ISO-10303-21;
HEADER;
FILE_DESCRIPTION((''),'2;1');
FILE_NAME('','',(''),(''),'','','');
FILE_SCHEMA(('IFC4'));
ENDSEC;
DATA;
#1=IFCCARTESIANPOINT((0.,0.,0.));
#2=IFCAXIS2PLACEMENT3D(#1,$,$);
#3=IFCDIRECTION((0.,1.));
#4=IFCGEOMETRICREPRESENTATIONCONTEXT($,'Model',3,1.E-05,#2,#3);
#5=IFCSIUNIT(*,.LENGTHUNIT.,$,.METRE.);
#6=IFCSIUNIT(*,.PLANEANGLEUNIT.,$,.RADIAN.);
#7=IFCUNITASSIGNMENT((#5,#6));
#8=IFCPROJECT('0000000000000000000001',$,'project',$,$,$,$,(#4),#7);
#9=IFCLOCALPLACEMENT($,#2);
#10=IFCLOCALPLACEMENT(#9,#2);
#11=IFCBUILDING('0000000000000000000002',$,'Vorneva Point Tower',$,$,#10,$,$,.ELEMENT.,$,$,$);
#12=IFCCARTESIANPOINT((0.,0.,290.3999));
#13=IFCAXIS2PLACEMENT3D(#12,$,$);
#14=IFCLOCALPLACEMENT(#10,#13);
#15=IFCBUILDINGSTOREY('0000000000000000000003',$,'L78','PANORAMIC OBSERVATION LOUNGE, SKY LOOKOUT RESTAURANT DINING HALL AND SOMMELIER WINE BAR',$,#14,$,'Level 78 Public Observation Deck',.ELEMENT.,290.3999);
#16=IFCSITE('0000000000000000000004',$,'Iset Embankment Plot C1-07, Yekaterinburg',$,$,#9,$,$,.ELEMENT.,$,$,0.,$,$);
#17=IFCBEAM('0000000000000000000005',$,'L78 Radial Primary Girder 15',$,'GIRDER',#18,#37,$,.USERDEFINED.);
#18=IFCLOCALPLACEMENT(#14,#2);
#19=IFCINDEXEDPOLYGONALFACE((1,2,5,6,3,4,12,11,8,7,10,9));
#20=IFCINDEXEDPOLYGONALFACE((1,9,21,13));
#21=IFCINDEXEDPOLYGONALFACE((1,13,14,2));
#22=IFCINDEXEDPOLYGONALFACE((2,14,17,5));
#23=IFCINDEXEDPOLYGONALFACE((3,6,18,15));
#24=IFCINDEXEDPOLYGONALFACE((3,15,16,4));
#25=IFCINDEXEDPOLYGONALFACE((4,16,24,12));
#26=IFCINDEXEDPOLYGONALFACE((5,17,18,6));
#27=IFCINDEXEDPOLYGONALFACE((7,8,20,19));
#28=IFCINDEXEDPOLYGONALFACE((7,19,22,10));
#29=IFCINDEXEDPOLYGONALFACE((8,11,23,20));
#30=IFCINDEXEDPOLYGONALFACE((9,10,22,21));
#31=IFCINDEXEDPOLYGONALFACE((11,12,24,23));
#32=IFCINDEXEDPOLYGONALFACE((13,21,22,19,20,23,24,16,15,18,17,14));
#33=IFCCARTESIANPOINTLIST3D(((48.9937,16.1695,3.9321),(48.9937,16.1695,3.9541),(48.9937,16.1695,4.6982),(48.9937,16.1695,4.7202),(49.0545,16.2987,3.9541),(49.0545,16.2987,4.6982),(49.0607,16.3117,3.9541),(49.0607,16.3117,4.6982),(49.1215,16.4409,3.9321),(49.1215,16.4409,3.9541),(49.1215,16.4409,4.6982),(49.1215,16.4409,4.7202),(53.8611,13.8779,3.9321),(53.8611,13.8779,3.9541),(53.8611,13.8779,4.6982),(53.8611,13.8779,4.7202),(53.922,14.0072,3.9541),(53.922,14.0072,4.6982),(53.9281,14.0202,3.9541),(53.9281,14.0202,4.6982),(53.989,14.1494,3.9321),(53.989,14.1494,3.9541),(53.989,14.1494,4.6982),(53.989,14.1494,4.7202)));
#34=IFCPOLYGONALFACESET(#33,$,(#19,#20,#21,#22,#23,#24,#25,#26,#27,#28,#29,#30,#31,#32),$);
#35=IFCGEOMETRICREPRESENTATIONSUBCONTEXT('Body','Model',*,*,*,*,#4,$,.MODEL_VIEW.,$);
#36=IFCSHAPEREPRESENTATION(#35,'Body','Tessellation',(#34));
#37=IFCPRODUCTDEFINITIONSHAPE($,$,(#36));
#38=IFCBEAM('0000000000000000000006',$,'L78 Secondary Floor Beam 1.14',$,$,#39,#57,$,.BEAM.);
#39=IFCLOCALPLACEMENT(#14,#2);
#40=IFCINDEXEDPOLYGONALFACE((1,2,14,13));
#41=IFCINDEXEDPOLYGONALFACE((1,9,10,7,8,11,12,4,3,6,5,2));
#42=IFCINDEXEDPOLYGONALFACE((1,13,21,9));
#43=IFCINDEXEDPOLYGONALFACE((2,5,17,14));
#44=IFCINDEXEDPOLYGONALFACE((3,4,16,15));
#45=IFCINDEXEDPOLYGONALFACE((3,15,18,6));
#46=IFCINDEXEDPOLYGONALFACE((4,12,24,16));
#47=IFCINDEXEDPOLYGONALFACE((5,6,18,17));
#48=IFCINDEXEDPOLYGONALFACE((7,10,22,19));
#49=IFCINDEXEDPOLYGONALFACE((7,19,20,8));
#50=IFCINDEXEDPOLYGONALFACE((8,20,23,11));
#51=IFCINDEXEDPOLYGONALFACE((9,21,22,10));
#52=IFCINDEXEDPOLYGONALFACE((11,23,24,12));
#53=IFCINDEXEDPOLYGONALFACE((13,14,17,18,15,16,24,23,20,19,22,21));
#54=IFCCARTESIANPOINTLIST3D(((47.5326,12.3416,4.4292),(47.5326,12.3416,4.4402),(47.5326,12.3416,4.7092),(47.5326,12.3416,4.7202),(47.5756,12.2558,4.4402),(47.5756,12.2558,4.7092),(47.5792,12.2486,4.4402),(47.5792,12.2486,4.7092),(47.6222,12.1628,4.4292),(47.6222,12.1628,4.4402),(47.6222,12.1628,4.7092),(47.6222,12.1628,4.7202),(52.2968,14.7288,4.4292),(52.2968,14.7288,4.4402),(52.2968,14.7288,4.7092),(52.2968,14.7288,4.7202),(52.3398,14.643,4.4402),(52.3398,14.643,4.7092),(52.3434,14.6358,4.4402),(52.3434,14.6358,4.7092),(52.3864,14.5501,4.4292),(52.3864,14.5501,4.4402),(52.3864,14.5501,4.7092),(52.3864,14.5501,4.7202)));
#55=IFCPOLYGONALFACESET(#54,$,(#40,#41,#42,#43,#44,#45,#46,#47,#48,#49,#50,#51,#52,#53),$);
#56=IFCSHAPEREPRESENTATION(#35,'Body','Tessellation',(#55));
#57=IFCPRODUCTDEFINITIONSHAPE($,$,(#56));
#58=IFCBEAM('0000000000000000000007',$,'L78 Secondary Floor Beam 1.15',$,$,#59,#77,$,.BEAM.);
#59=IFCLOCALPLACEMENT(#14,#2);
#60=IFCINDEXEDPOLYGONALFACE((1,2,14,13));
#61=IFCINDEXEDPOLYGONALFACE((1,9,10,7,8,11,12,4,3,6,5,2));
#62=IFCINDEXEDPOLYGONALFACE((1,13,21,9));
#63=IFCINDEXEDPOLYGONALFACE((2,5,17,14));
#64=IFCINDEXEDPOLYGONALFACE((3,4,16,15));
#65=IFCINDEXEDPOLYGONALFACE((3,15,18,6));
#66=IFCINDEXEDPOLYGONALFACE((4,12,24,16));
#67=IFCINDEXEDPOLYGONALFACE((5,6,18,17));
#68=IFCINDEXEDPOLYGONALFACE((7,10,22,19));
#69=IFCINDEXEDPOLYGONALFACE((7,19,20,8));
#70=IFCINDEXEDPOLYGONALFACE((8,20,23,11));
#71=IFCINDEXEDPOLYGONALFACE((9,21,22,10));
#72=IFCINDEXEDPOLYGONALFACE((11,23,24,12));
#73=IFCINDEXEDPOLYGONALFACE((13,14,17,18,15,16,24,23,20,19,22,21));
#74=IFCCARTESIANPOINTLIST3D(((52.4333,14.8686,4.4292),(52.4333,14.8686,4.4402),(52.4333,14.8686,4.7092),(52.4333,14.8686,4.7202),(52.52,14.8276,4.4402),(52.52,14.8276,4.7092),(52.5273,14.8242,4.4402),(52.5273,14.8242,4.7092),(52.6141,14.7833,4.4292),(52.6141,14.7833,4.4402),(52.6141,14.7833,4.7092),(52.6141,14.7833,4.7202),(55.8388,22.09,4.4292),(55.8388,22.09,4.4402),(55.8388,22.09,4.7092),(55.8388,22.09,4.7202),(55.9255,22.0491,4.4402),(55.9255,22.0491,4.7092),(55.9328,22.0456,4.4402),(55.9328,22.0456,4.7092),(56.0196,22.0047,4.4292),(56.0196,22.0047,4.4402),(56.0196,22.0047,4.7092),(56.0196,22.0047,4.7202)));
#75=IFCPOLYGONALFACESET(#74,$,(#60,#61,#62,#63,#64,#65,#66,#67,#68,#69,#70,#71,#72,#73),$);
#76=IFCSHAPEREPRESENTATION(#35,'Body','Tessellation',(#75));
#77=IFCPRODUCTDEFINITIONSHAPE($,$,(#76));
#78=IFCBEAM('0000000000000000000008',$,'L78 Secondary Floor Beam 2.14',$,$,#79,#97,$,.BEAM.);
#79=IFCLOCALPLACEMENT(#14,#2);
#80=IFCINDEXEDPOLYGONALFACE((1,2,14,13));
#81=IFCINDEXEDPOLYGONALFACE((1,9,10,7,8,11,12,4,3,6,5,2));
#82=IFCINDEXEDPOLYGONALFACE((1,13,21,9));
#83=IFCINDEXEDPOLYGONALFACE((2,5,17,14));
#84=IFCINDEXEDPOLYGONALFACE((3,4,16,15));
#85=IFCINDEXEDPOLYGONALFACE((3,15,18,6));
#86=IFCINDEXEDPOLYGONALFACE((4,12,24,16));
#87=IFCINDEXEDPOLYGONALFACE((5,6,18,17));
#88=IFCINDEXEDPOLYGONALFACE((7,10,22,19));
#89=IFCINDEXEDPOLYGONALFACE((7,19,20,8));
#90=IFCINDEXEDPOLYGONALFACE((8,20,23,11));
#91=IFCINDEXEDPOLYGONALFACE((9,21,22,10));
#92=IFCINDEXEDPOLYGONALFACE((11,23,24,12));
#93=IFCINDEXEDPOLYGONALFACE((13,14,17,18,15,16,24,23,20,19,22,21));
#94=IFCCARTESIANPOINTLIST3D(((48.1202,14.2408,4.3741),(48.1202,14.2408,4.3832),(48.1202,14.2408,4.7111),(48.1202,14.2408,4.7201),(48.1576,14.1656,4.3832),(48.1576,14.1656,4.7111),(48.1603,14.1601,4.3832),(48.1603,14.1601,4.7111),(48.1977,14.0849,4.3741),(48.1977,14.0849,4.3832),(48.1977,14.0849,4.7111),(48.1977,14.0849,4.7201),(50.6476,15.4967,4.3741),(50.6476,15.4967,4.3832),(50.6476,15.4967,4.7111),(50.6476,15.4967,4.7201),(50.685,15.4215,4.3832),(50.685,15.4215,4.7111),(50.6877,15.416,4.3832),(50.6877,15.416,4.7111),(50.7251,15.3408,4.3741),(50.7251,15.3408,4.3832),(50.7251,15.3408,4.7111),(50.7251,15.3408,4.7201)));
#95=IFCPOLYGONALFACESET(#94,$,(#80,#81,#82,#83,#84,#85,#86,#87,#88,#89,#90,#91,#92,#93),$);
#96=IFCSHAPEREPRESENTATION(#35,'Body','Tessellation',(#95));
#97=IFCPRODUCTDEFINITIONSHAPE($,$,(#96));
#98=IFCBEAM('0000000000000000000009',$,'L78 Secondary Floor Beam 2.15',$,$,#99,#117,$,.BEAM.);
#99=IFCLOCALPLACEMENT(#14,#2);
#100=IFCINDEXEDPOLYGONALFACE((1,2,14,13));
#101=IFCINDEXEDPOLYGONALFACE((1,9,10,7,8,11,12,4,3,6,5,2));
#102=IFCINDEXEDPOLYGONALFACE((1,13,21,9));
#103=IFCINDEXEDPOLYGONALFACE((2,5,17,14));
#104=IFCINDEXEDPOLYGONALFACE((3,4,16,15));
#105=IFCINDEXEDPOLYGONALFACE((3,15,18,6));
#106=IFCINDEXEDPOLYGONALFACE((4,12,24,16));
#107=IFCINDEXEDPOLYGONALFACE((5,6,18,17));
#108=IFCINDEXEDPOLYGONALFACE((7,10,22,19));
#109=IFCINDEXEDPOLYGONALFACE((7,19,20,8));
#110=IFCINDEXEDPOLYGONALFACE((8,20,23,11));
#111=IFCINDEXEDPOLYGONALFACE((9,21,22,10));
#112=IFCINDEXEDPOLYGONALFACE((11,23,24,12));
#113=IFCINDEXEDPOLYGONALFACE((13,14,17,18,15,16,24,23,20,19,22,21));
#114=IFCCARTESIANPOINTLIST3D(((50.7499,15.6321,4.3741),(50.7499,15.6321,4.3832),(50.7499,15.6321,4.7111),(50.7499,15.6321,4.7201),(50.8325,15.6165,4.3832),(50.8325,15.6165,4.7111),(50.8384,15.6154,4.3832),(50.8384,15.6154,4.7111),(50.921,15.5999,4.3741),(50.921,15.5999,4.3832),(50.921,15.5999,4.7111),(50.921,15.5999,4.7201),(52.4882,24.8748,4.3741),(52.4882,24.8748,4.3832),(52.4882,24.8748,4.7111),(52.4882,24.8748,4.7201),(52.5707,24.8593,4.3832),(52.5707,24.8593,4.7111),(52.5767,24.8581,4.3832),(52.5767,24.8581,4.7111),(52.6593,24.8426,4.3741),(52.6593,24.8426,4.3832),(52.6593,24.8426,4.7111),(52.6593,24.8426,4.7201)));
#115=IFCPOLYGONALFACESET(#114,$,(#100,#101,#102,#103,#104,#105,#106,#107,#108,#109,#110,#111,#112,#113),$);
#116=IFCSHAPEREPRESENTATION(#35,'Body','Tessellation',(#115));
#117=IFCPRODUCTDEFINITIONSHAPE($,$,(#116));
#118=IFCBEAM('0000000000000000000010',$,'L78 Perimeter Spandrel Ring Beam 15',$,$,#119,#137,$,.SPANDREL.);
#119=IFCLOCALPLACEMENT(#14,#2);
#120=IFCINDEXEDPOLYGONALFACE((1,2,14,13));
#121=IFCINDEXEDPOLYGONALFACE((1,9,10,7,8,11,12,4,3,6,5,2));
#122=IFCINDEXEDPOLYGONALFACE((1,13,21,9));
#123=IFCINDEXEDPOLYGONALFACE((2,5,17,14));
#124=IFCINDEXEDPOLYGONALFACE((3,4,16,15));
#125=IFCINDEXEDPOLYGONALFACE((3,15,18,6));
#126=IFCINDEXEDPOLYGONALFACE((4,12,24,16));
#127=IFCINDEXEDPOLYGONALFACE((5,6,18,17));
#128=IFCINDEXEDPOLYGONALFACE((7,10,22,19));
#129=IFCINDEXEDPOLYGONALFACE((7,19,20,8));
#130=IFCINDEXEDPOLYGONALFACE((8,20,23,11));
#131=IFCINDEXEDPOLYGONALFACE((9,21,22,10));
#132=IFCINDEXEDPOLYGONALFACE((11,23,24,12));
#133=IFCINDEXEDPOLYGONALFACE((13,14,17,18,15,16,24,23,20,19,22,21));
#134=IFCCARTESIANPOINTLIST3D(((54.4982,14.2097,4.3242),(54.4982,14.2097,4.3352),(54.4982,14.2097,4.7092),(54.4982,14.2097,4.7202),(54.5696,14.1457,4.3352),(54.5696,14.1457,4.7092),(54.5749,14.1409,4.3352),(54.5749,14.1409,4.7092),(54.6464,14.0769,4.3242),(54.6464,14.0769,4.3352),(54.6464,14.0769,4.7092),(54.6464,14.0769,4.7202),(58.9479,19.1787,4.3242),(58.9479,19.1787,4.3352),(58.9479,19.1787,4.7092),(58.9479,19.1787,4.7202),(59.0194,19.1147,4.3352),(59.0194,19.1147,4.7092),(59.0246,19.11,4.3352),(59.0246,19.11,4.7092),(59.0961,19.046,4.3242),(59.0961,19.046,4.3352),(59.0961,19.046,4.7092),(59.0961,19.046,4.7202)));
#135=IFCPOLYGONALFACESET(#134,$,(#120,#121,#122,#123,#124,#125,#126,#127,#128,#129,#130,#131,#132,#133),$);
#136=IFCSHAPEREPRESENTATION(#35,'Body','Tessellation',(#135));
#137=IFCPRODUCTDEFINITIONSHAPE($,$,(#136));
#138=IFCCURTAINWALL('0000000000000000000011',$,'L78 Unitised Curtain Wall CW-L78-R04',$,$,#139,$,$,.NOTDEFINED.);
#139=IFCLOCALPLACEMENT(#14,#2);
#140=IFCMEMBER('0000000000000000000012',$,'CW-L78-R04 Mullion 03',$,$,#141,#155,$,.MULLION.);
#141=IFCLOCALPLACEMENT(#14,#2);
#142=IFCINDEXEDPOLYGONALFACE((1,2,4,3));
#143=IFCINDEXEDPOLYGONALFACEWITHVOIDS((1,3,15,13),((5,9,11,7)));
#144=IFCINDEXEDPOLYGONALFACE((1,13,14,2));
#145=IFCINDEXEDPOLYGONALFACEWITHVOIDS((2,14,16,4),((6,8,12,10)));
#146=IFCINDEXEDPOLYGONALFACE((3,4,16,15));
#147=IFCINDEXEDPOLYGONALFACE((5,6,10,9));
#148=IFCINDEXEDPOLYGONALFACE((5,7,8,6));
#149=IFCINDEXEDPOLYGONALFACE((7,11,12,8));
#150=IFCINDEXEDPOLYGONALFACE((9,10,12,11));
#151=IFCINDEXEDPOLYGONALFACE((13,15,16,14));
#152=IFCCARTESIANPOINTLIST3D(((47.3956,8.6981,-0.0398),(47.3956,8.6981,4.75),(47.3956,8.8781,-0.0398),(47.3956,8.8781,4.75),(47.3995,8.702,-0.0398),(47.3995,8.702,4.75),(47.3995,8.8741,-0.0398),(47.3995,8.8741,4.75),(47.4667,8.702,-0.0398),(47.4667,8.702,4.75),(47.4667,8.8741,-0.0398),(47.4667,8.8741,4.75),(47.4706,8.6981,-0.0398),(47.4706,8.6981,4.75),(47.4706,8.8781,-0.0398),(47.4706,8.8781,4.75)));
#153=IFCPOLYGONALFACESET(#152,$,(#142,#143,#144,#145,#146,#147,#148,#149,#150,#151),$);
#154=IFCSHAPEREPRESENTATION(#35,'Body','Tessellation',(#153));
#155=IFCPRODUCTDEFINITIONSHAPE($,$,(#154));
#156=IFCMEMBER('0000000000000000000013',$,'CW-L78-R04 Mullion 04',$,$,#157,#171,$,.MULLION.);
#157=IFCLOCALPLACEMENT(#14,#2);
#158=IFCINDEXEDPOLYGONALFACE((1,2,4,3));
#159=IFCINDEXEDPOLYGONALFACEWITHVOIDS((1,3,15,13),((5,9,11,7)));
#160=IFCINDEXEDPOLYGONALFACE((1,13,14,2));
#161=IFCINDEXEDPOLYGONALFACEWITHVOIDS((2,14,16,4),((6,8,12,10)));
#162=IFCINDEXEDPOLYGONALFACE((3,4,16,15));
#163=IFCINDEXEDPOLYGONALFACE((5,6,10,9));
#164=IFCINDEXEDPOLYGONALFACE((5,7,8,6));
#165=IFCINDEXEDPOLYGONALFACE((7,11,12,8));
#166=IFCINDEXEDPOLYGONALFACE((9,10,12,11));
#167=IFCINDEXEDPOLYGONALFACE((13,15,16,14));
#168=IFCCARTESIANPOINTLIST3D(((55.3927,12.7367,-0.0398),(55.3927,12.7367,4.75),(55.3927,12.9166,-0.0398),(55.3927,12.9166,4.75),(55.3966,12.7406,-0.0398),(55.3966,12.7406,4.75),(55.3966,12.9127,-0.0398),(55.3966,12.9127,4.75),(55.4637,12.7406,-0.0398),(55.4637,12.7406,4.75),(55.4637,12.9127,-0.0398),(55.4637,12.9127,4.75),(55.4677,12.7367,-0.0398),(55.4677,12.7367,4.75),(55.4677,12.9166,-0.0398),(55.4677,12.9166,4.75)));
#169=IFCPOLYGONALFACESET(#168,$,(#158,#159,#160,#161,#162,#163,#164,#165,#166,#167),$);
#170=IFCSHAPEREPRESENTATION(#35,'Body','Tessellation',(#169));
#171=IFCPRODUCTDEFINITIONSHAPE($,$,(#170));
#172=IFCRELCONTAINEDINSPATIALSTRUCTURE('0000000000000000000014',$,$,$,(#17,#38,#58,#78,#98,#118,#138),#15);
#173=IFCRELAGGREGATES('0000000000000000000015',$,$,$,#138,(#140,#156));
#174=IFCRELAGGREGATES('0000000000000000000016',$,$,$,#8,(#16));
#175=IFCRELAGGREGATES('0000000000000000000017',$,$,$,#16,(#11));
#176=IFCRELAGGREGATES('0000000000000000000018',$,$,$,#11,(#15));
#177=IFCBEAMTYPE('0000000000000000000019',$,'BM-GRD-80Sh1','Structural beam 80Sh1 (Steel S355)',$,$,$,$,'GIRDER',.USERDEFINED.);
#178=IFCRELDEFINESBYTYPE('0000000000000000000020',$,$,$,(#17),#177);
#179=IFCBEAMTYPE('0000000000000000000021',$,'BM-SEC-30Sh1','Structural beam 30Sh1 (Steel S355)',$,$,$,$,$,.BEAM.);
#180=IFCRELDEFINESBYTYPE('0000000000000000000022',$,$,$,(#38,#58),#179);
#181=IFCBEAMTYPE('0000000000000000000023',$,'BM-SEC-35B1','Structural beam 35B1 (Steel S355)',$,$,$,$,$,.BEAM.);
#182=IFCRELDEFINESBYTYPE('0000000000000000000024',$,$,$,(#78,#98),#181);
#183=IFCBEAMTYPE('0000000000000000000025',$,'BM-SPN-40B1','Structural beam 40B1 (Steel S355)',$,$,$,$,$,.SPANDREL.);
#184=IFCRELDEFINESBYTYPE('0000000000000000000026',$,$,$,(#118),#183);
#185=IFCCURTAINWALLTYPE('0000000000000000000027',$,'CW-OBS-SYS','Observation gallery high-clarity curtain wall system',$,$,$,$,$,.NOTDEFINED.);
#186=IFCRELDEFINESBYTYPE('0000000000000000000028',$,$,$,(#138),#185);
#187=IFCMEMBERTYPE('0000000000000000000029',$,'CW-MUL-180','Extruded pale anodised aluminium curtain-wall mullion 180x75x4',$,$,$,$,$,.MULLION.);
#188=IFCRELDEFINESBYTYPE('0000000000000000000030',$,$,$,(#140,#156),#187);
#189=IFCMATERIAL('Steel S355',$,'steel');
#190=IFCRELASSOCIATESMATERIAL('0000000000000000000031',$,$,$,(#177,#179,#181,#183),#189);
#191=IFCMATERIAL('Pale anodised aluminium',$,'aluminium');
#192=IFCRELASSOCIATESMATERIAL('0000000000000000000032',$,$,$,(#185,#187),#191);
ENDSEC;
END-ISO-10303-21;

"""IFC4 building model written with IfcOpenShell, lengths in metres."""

from ifc_helpers import new_model, si_unit, direction, frame, origin, origin_2d, place, context, subcontext, project, spatial, hollow_rectangle, i_section, extrude, material, material_profile, profile_set, type_object, element, aggregate, save


model = new_model("IFC4")

# Units and contexts
model_context = context("Model", 3, precision=1e-05, world=origin(), true_north=direction((0.0, 1.0)))
body_context = subcontext(model_context, "Body", "Model", "MODEL_VIEW")
ifc_project = project(units=[si_unit("LENGTHUNIT", "METRE"), si_unit("PLANEANGLEUNIT", "RADIAN")], contexts=[model_context])

# Site, building, storey
site_placement = place(None, origin())
site = spatial("IfcSite", under=ifc_project, at=site_placement, Name="Iset Embankment Plot C1-07, Yekaterinburg", CompositionType="ELEMENT", RefElevation=0.0)
building_placement = place(site_placement, origin())
building = spatial("IfcBuilding", under=site, at=building_placement, Name="Vorneva Point Tower", CompositionType="ELEMENT")
storey_placement = place(building_placement, frame((0.0, 0.0, 290.3999)))
storey = spatial("IfcBuildingStorey", under=building, at=storey_placement, Name="L78", Description="PANORAMIC OBSERVATION LOUNGE, SKY LOOKOUT RESTAURANT DINING HALL AND SOMMELIER WINE BAR", LongName="Level 78 Public Observation Deck", CompositionType="ELEMENT", Elevation=290.3999)

# Beams
ifc_material_1 = material(Name="Steel S355", Category="steel")
ifc_material_profile_1 = material_profile(ifc_material_1, i_section(OverallWidth=0.3, OverallDepth=0.7881, WebThickness=0.0144, FlangeThickness=0.022, at=origin_2d()), Name="80Sh1")
ifc_profile_set_1 = profile_set([ifc_material_profile_1], Name="Steel S355")
beam_type_1 = type_object("IfcBeamType", Name="BM-GRD-80Sh1", Description="Structural beam 80Sh1 (Steel S355)", ElementType="GIRDER", PredefinedType="USERDEFINED", material=ifc_profile_set_1)
beam_1_placement = place(storey_placement, frame((53.925, 14.0137, 4.3262), z_axis=(-0.904751, 0.425941, 0.0), x_axis=(-0.425941, -0.904751, 0.0)))
element("IfcBeam", 1, at=beam_1_placement, inside=storey, type_object=beam_type_1, Name="L78 Radial Primary Girder 15", ObjectType="GIRDER", PredefinedType="USERDEFINED", context=body_context, shape_type="SweptSolid", body=[
    extrude(i_section(OverallWidth=0.3, OverallDepth=0.7881, WebThickness=0.0144, FlangeThickness=0.022, at=origin_2d()), origin(), (0.0, 0.0, 1.0), 5.3799),
])
ifc_material_profile_2 = material_profile(ifc_material_1, i_section(OverallWidth=0.2, OverallDepth=0.291, WebThickness=0.0081, FlangeThickness=0.011, at=origin_2d()), Name="30Sh1")
ifc_profile_set_2 = profile_set([ifc_material_profile_2], Name="Steel S355")
beam_type_2 = type_object("IfcBeamType", Name="BM-SEC-30Sh1", Description="Structural beam 30Sh1 (Steel S355)", PredefinedType="BEAM", material=ifc_profile_set_2)
beam_2_placement = place(storey_placement, frame((47.5774, 12.2522, 4.5747), z_axis=(0.894042, 0.447983, 0.0), x_axis=(-0.447983, 0.894042, 0.0)))
element("IfcBeam", 2, at=beam_2_placement, inside=storey, type_object=beam_type_2, Name="L78 Secondary Floor Beam 1.14", PredefinedType="BEAM", context=body_context, shape_type="SweptSolid", body=[
    extrude(i_section(OverallWidth=0.2, OverallDepth=0.291, WebThickness=0.0081, FlangeThickness=0.011, at=origin_2d()), origin(), (0.0, 0.0, 1.0), 5.3289),
])
beam_3_placement = place(storey_placement, frame((52.5237, 14.8259, 4.5747), z_axis=(0.426535, 0.904471, 0.0), x_axis=(-0.904471, 0.426535, 0.0)))
element("IfcBeam", 3, at=beam_3_placement, inside=storey, type_object=beam_type_2, Name="L78 Secondary Floor Beam 1.15", PredefinedType="BEAM", context=body_context, shape_type="SweptSolid", body=[
    extrude(i_section(OverallWidth=0.2, OverallDepth=0.291, WebThickness=0.0081, FlangeThickness=0.011, at=origin_2d()), origin(), (0.0, 0.0, 1.0), 7.9841),
])
ifc_material_profile_3 = material_profile(ifc_material_1, i_section(OverallWidth=0.1741, OverallDepth=0.3459, WebThickness=0.0061, FlangeThickness=0.009, at=origin_2d()), Name="35B1")
ifc_profile_set_3 = profile_set([ifc_material_profile_3], Name="Steel S355")
beam_type_3 = type_object("IfcBeamType", Name="BM-SEC-35B1", Description="Structural beam 35B1 (Steel S355)", PredefinedType="BEAM", material=ifc_profile_set_3)
beam_4_placement = place(storey_placement, frame((48.1589, 14.1628, 4.5471), z_axis=(0.895532, 0.444998, 0.0), x_axis=(-0.444998, 0.895532, 0.0)))
element("IfcBeam", 4, at=beam_4_placement, inside=storey, type_object=beam_type_3, Name="L78 Secondary Floor Beam 2.14", PredefinedType="BEAM", context=body_context, shape_type="SweptSolid", body=[
    extrude(i_section(OverallWidth=0.1741, OverallDepth=0.3459, WebThickness=0.0061, FlangeThickness=0.009, at=origin_2d()), origin(), (0.0, 0.0, 1.0), 2.8223),
])
beam_5_placement = place(storey_placement, frame((50.8354, 15.616, 4.5471), z_axis=(0.184831, 0.98277, 0.0), x_axis=(-0.98277, 0.184831, 0.0)))
element("IfcBeam", 5, at=beam_5_placement, inside=storey, type_object=beam_type_3, Name="L78 Secondary Floor Beam 2.15", PredefinedType="BEAM", context=body_context, shape_type="SweptSolid", body=[
    extrude(i_section(OverallWidth=0.1741, OverallDepth=0.3459, WebThickness=0.0061, FlangeThickness=0.009, at=origin_2d()), origin(), (0.0, 0.0, 1.0), 9.4048),
])
ifc_material_profile_4 = material_profile(ifc_material_1, i_section(OverallWidth=0.199, OverallDepth=0.396, WebThickness=0.0071, FlangeThickness=0.011, at=origin_2d()), Name="40B1")
ifc_profile_set_4 = profile_set([ifc_material_profile_4], Name="Steel S355")
beam_type_4 = type_object("IfcBeamType", Name="BM-SPN-40B1", Description="Structural beam 40B1 (Steel S355)", PredefinedType="SPANDREL", material=ifc_profile_set_4)
beam_6_placement = place(storey_placement, frame((54.5723, 14.1433, 4.5222), z_axis=(0.667108, 0.744961, 0.0), x_axis=(-0.744961, 0.667108, 0.0)))
element("IfcBeam", 6, at=beam_6_placement, inside=storey, type_object=beam_type_4, Name="L78 Perimeter Spandrel Ring Beam 15", PredefinedType="SPANDREL", context=body_context, shape_type="SweptSolid", body=[
    extrude(i_section(OverallWidth=0.199, OverallDepth=0.396, WebThickness=0.0071, FlangeThickness=0.011, at=origin_2d()), origin(), (0.0, 0.0, 1.0), 6.6702),
])

# Curtain wall, members
ifc_material_2 = material(Name="Pale anodised aluminium", Category="aluminium")
curtain_wall_type = type_object("IfcCurtainWallType", Name="CW-OBS-SYS", Description="Observation gallery high-clarity curtain wall system", PredefinedType="NOTDEFINED", material=ifc_material_2)
curtain_wall_placement = place(storey_placement, origin())
curtain_wall = element("IfcCurtainWall", 7, at=curtain_wall_placement, inside=storey, type_object=curtain_wall_type, Name="L78 Unitised Curtain Wall CW-L78-R04", PredefinedType="NOTDEFINED")
ifc_material_profile_5 = material_profile(ifc_material_2, hollow_rectangle(XDim=0.075, YDim=0.1799, WallThickness=0.0039, at=origin_2d()), Name="AL-MUL 180x75x4")
ifc_profile_set_5 = profile_set([ifc_material_profile_5], Name="Pale anodised aluminium")
member_type_1 = type_object("IfcMemberType", Name="CW-MUL-180", Description="Extruded pale anodised aluminium curtain-wall mullion 180x75x4", PredefinedType="MULLION", material=ifc_profile_set_5)
member_1_placement = place(storey_placement, frame((47.4331, 8.7881, -0.0398), z_axis=(0.0, 0.0, 1.0), x_axis=(1.0, 0.0, 0.0)))
member_1 = element("IfcMember", 8, at=member_1_placement, type_object=member_type_1, Name="CW-L78-R04 Mullion 03", PredefinedType="MULLION", context=body_context, shape_type="SweptSolid", body=[
    extrude(hollow_rectangle(XDim=0.075, YDim=0.1799, WallThickness=0.0039, at=origin_2d()), origin(), (0.0, 0.0, 1.0), 4.7898),
])
member_2_placement = place(storey_placement, frame((55.4302, 12.8267, -0.0398), z_axis=(0.0, 0.0, 1.0), x_axis=(1.0, 0.0, 0.0)))
member_2 = element("IfcMember", 9, at=member_2_placement, type_object=member_type_1, Name="CW-L78-R04 Mullion 04", PredefinedType="MULLION", context=body_context, shape_type="SweptSolid", body=[
    extrude(hollow_rectangle(XDim=0.075, YDim=0.1799, WallThickness=0.0039, at=origin_2d()), origin(), (0.0, 0.0, 1.0), 4.7898),
])
aggregate(curtain_wall, [member_1, member_2])

save(model, "model.ifc")
